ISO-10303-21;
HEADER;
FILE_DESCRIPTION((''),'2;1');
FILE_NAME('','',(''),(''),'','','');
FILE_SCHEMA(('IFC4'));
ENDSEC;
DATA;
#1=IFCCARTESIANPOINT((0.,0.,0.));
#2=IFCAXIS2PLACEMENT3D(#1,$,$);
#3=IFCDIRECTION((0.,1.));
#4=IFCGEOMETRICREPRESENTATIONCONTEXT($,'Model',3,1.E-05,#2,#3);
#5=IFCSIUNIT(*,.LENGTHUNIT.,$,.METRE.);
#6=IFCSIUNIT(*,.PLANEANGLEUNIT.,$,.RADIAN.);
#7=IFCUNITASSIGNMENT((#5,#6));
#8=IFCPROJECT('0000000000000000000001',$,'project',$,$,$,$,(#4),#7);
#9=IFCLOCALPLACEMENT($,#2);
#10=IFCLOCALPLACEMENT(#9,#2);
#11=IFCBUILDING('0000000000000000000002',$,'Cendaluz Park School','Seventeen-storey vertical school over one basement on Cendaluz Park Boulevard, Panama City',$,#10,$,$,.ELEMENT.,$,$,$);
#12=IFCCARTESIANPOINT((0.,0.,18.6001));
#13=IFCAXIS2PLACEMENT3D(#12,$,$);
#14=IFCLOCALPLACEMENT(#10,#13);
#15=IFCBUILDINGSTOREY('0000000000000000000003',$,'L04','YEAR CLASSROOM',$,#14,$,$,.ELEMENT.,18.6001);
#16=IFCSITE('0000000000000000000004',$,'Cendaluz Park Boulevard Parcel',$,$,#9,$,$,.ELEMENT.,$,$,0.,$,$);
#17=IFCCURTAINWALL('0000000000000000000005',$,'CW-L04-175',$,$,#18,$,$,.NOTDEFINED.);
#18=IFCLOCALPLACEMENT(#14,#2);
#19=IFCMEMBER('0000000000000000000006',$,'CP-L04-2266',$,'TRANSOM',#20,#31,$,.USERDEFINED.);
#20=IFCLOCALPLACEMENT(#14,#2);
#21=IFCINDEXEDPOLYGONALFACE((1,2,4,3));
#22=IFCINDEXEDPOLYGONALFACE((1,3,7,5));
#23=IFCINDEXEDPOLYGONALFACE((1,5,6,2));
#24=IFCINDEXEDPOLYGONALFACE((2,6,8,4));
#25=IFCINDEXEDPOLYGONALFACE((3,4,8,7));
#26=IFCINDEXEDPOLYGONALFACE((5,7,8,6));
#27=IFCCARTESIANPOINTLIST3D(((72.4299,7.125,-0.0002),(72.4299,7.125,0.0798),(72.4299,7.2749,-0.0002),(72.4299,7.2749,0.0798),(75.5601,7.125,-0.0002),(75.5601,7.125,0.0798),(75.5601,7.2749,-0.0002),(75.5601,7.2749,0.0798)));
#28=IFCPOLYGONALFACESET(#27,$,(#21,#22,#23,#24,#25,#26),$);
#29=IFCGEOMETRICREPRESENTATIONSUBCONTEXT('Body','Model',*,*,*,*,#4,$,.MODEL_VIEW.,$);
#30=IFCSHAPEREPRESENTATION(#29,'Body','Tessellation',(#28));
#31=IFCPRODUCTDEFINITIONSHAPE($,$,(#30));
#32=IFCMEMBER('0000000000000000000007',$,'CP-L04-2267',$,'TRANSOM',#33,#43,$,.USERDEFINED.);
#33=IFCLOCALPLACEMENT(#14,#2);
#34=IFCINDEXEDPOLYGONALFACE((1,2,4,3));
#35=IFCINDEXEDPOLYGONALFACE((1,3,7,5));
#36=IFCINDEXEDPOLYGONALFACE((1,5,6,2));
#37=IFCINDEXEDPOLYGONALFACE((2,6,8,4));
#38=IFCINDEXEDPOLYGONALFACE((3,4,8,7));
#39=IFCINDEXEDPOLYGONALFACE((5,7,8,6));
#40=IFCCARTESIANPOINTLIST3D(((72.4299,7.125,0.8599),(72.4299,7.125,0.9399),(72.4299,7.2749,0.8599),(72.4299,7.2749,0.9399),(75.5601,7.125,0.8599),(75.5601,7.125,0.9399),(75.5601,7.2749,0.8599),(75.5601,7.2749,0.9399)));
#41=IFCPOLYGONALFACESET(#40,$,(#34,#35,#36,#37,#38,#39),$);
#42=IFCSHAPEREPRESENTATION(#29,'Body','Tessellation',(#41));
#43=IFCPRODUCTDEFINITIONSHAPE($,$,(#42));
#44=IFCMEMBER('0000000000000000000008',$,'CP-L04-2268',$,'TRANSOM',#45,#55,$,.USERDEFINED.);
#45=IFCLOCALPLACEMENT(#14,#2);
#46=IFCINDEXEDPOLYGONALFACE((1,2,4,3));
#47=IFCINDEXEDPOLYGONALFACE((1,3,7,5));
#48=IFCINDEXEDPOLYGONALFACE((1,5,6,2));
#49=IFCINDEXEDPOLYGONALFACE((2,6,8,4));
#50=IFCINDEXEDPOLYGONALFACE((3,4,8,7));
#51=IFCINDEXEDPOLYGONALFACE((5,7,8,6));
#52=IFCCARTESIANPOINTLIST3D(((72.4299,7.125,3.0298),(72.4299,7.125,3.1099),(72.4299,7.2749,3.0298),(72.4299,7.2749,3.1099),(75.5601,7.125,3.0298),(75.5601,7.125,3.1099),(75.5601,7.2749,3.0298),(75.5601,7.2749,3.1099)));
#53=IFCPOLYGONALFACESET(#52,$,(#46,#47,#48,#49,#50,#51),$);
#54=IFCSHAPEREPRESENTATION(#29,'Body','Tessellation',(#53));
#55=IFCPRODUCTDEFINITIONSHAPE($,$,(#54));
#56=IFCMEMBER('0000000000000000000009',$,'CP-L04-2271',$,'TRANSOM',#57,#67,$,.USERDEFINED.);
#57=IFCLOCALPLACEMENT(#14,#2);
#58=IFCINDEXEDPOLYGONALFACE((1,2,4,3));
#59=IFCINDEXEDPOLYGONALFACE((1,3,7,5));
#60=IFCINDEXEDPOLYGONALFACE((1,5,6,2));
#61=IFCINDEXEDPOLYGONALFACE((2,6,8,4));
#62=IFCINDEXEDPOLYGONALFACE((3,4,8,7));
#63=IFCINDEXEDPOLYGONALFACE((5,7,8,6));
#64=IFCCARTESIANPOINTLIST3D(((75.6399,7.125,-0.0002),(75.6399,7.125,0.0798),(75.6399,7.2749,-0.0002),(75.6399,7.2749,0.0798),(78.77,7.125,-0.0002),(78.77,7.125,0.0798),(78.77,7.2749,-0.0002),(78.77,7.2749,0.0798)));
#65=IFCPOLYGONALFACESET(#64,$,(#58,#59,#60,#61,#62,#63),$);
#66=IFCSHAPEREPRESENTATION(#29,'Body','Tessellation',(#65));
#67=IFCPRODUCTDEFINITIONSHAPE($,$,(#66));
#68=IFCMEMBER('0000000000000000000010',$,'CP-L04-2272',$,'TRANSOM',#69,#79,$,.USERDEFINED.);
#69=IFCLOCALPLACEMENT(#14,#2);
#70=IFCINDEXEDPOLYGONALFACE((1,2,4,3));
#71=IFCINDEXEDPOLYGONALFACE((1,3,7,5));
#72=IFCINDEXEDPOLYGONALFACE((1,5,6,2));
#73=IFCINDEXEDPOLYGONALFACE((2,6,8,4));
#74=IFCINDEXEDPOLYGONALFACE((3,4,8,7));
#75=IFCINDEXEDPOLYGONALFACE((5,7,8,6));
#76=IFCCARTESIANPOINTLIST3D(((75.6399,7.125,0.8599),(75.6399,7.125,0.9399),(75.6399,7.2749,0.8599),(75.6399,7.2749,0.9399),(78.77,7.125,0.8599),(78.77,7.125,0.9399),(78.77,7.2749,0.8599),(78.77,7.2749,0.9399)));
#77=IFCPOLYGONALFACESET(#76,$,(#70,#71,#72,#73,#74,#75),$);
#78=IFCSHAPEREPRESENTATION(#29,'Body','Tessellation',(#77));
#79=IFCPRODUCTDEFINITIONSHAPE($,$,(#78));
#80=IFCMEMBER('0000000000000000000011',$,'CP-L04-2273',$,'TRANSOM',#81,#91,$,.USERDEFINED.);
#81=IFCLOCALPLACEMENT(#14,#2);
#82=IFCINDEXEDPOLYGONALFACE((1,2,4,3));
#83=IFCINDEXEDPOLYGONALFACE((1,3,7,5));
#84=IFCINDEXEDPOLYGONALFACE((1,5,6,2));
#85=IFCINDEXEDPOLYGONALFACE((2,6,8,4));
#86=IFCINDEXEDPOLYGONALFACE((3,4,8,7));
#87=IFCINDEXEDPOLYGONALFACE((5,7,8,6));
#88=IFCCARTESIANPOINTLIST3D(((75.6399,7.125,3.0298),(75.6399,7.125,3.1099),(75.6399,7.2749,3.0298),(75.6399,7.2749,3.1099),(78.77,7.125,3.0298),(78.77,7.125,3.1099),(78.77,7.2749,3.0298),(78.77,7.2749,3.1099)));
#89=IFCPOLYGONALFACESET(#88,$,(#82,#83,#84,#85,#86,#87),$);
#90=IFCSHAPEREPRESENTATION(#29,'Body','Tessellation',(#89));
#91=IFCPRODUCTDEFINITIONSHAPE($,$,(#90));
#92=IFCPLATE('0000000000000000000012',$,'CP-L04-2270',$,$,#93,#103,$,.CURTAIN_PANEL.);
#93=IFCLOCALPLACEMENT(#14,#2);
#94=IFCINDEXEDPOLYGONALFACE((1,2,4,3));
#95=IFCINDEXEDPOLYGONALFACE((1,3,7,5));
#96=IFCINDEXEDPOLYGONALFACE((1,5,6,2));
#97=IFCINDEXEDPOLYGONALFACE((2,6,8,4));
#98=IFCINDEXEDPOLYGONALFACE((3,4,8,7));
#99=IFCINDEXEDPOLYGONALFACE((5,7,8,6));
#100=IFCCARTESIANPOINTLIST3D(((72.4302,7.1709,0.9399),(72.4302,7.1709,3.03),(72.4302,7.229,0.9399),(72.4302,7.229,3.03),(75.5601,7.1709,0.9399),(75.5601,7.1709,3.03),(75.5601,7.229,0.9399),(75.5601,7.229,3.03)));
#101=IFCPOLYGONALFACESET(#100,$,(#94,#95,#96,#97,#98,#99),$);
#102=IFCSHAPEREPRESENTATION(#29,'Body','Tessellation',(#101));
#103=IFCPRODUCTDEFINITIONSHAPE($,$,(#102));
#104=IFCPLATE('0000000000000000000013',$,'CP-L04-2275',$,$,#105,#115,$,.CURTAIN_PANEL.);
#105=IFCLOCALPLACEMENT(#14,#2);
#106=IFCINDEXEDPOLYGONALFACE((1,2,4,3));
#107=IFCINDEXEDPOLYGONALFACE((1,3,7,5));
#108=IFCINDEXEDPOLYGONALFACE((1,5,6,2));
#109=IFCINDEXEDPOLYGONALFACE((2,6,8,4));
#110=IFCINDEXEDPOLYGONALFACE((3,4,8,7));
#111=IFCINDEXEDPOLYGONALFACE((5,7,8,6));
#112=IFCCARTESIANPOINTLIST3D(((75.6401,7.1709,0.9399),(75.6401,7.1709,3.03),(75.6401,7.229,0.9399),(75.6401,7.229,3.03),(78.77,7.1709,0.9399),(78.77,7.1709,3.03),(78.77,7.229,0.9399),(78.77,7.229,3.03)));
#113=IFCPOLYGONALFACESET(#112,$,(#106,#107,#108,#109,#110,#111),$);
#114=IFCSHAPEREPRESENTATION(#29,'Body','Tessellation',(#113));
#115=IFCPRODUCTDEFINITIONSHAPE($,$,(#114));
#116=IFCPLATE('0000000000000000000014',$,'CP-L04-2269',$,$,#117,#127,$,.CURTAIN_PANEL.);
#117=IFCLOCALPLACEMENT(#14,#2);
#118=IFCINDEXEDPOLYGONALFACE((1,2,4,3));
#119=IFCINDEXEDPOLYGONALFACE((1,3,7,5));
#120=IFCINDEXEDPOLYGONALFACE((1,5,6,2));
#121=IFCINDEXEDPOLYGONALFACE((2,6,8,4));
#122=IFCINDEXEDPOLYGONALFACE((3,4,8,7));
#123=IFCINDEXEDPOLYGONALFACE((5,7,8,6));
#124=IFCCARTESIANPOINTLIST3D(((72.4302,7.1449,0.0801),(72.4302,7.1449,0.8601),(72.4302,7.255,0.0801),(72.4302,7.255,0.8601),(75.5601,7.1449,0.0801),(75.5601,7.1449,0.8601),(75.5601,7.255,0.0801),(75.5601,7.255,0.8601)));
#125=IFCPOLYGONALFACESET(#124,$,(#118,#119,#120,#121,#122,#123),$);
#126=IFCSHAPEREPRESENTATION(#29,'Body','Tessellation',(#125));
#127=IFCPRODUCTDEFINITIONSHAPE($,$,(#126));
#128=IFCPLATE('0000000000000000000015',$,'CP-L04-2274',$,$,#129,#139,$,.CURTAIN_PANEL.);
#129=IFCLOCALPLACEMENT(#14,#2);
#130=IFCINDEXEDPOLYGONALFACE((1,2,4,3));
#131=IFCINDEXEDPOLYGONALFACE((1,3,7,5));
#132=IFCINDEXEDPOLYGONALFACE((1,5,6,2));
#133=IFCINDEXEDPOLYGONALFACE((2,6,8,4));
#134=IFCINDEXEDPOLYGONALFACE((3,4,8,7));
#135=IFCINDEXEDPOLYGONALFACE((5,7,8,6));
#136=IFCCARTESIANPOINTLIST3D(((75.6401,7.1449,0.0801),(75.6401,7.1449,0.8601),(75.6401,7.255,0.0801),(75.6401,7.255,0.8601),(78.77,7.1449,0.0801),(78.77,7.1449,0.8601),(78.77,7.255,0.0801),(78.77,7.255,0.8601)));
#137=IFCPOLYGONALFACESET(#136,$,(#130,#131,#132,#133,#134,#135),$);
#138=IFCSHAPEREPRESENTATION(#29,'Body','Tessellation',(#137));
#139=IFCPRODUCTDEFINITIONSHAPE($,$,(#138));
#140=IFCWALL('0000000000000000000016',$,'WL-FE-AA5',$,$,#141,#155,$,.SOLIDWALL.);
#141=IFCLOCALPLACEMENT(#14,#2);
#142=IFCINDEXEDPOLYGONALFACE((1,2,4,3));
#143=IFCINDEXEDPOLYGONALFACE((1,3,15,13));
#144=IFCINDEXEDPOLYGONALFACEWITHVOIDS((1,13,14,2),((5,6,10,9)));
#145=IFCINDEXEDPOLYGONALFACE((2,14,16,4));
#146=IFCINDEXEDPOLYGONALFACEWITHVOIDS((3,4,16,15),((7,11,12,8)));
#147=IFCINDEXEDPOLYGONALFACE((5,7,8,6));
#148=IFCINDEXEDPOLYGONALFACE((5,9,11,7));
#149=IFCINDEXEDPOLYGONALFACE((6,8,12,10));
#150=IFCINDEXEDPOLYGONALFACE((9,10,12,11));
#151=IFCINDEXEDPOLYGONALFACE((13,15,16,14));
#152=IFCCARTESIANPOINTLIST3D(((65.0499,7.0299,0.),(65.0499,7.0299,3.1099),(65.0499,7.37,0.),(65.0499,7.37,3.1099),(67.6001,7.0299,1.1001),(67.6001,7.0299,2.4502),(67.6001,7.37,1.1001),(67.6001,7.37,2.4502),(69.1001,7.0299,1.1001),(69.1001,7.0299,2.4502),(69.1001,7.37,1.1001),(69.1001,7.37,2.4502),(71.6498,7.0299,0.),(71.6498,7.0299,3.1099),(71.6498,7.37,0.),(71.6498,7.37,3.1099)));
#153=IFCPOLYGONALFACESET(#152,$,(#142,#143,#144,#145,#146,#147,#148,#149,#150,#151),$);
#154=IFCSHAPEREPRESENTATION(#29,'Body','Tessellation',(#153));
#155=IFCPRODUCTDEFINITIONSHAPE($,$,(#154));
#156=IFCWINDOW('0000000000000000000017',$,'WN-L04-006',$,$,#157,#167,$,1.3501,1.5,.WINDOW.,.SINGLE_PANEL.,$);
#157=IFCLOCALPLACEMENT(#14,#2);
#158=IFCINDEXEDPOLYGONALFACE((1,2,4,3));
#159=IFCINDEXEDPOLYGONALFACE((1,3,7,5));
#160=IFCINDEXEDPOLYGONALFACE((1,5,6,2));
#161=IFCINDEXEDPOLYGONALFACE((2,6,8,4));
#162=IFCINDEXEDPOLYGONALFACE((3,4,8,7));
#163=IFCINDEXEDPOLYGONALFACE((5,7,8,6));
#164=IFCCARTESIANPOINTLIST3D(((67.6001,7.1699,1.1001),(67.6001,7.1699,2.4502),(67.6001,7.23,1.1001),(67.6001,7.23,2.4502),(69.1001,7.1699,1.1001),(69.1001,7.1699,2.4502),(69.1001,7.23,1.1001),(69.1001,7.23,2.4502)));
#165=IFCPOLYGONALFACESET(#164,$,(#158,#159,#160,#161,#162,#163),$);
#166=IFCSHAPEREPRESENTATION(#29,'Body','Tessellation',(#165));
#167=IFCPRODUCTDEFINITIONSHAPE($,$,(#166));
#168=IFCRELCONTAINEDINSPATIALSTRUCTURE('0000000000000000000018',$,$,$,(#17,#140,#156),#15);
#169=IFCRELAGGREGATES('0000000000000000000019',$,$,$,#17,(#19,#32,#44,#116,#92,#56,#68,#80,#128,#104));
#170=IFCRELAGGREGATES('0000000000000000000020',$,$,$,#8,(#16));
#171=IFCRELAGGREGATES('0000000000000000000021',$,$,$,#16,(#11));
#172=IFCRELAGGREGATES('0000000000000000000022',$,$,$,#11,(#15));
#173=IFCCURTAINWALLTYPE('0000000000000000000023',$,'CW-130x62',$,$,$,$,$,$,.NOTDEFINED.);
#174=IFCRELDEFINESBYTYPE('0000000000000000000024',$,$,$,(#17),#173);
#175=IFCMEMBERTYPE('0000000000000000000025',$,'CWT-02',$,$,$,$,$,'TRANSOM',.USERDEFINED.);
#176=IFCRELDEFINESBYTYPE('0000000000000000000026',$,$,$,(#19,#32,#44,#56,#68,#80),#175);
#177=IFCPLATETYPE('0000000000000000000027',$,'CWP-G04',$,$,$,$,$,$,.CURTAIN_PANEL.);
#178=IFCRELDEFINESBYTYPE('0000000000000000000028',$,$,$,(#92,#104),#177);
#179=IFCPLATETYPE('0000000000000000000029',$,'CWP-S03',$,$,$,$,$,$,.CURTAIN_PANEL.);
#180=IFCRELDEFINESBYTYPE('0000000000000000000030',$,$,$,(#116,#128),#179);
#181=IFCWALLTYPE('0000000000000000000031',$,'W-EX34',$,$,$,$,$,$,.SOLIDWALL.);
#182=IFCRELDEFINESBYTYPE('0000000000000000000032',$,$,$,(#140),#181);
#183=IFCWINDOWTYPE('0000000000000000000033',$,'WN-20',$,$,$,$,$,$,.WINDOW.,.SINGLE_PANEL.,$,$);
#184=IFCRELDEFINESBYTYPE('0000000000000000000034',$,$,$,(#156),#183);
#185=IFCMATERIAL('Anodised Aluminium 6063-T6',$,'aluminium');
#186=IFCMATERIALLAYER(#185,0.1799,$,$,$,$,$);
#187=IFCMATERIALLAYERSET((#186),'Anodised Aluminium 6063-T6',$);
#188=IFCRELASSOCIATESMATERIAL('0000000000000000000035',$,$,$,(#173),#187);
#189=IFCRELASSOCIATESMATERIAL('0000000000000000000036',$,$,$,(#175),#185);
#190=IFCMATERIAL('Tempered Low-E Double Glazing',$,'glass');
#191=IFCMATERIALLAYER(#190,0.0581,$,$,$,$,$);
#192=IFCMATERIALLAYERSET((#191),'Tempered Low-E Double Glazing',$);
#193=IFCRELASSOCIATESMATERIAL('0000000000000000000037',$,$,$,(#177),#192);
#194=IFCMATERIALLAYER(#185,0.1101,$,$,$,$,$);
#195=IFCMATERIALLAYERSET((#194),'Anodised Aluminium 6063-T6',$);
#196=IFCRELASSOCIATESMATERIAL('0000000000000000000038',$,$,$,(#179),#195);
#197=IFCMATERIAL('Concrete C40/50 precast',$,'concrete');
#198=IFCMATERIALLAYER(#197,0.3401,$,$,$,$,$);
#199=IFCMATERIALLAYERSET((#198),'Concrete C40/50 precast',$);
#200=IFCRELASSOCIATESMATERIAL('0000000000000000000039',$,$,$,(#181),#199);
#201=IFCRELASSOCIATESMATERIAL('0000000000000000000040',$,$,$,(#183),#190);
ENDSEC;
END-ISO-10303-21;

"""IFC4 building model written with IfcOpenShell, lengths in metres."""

from ifc_helpers import new_model, si_unit, direction, frame, frame_2d, origin, origin_2d, place, context, subcontext, project, spatial, rectangle, extrude, material, layer, layer_set, material_profile, profile_set, type_object, element, fill, aggregate, save


model = new_model("IFC4")

# Units and contexts
model_context = context("Model", 3, precision=1e-05, world=origin(), true_north=direction((0.0, 1.0)))
body_context = subcontext(model_context, "Body", "Model", "MODEL_VIEW")
ifc_project = project(units=[si_unit("LENGTHUNIT", "METRE"), si_unit("PLANEANGLEUNIT", "RADIAN")], contexts=[model_context])

# Site, building, storey
site_placement = place(None, origin())
site = spatial("IfcSite", under=ifc_project, at=site_placement, Name="Cendaluz Park Boulevard Parcel", CompositionType="ELEMENT", RefElevation=0.0)
building_placement = place(site_placement, origin())
building = spatial("IfcBuilding", under=site, at=building_placement, Name="Cendaluz Park School", Description="Seventeen-storey vertical school over one basement on Cendaluz Park Boulevard, Panama City", CompositionType="ELEMENT")
storey_placement = place(building_placement, frame((0.0, 0.0, 18.6001)))
storey = spatial("IfcBuildingStorey", under=building, at=storey_placement, Name="L04", Description="YEAR CLASSROOM", CompositionType="ELEMENT", Elevation=18.6001)

# Curtain wall, members, plates
ifc_material_1 = material(Name="Anodised Aluminium 6063-T6", Category="aluminium")
ifc_layer_1 = layer(ifc_material_1, 0.1799)
ifc_layer_set_1 = layer_set([ifc_layer_1], Name="Anodised Aluminium 6063-T6")
curtain_wall_type = type_object("IfcCurtainWallType", Name="CW-130x62", PredefinedType="NOTDEFINED", material=ifc_layer_set_1)
curtain_wall_placement = place(storey_placement, origin())
curtain_wall = element("IfcCurtainWall", 1, at=curtain_wall_placement, inside=storey, type_object=curtain_wall_type, Name="CW-L04-175", PredefinedType="NOTDEFINED")
ifc_material_profile_1 = material_profile(ifc_material_1, rectangle(XDim=0.1499, YDim=0.0801, at=origin_2d()), Name="CWT 150x80", Category="aluminium")
ifc_profile_set_1 = profile_set([ifc_material_profile_1], Name="Anodised Aluminium 6063-T6")
member_type_1 = type_object("IfcMemberType", Name="CWT-02", ElementType="TRANSOM", PredefinedType="USERDEFINED", material=ifc_profile_set_1)
member_1_placement = place(storey_placement, frame((72.4299, 7.2, 0.0398), z_axis=(1.0, 0.0, 0.0), x_axis=(0.0, 1.0, 0.0)))
member_1 = element("IfcMember", 2, at=member_1_placement, type_object=member_type_1, Name="CP-L04-2266", ObjectType="TRANSOM", PredefinedType="USERDEFINED", context=body_context, shape_type="SweptSolid", body=[
    extrude(rectangle(XDim=0.1499, YDim=0.0801, at=origin_2d()), origin(), (0.0, 0.0, 1.0), 3.1301),
])
member_2_placement = place(storey_placement, frame((72.4299, 7.2, 0.8999), z_axis=(1.0, 0.0, 0.0), x_axis=(0.0, 1.0, 0.0)))
member_2 = element("IfcMember", 3, at=member_2_placement, type_object=member_type_1, Name="CP-L04-2267", ObjectType="TRANSOM", PredefinedType="USERDEFINED", context=body_context, shape_type="SweptSolid", body=[
    extrude(rectangle(XDim=0.1499, YDim=0.0801, at=origin_2d()), origin(), (0.0, 0.0, 1.0), 3.1301),
])
member_3_placement = place(storey_placement, frame((72.4299, 7.2, 3.0698), z_axis=(1.0, 0.0, 0.0), x_axis=(0.0, 1.0, 0.0)))
member_3 = element("IfcMember", 4, at=member_3_placement, type_object=member_type_1, Name="CP-L04-2268", ObjectType="TRANSOM", PredefinedType="USERDEFINED", context=body_context, shape_type="SweptSolid", body=[
    extrude(rectangle(XDim=0.1499, YDim=0.0801, at=origin_2d()), origin(), (0.0, 0.0, 1.0), 3.1301),
])
member_4_placement = place(storey_placement, frame((75.6399, 7.2, 0.0398), z_axis=(1.0, 0.0, 0.0), x_axis=(0.0, 1.0, 0.0)))
member_4 = element("IfcMember", 5, at=member_4_placement, type_object=member_type_1, Name="CP-L04-2271", ObjectType="TRANSOM", PredefinedType="USERDEFINED", context=body_context, shape_type="SweptSolid", body=[
    extrude(rectangle(XDim=0.1499, YDim=0.0801, at=origin_2d()), origin(), (0.0, 0.0, 1.0), 3.1301),
])
member_5_placement = place(storey_placement, frame((75.6399, 7.2, 0.8999), z_axis=(1.0, 0.0, 0.0), x_axis=(0.0, 1.0, 0.0)))
member_5 = element("IfcMember", 6, at=member_5_placement, type_object=member_type_1, Name="CP-L04-2272", ObjectType="TRANSOM", PredefinedType="USERDEFINED", context=body_context, shape_type="SweptSolid", body=[
    extrude(rectangle(XDim=0.1499, YDim=0.0801, at=origin_2d()), origin(), (0.0, 0.0, 1.0), 3.1301),
])
member_6_placement = place(storey_placement, frame((75.6399, 7.2, 3.0698), z_axis=(1.0, 0.0, 0.0), x_axis=(0.0, 1.0, 0.0)))
member_6 = element("IfcMember", 7, at=member_6_placement, type_object=member_type_1, Name="CP-L04-2273", ObjectType="TRANSOM", PredefinedType="USERDEFINED", context=body_context, shape_type="SweptSolid", body=[
    extrude(rectangle(XDim=0.1499, YDim=0.0801, at=origin_2d()), origin(), (0.0, 0.0, 1.0), 3.1301),
])
ifc_material_2 = material(Name="Tempered Low-E Double Glazing", Category="glass")
ifc_layer_2 = layer(ifc_material_2, 0.0581)
ifc_layer_set_2 = layer_set([ifc_layer_2], Name="Tempered Low-E Double Glazing")
plate_type_1 = type_object("IfcPlateType", Name="CWP-G04", PredefinedType="CURTAIN_PANEL", material=ifc_layer_set_2)
plate_1_placement = place(storey_placement, frame((73.9951, 7.2, 0.9399), z_axis=(0.0, 0.0, 1.0), x_axis=(1.0, 0.0, 0.0)))
plate_1 = element("IfcPlate", 8, at=plate_1_placement, type_object=plate_type_1, Name="CP-L04-2270", PredefinedType="CURTAIN_PANEL", context=body_context, shape_type="SweptSolid", body=[
    extrude(rectangle(XDim=3.1299, YDim=0.0581, at=origin_2d()), origin(), (0.0, 0.0, 1.0), 2.0901),
])
plate_2_placement = place(storey_placement, frame((77.2051, 7.2, 0.9399), z_axis=(0.0, 0.0, 1.0), x_axis=(1.0, 0.0, 0.0)))
plate_2 = element("IfcPlate", 9, at=plate_2_placement, type_object=plate_type_1, Name="CP-L04-2275", PredefinedType="CURTAIN_PANEL", context=body_context, shape_type="SweptSolid", body=[
    extrude(rectangle(XDim=3.1299, YDim=0.0581, at=origin_2d()), origin(), (0.0, 0.0, 1.0), 2.0901),
])
ifc_layer_3 = layer(ifc_material_1, 0.1101)
ifc_layer_set_3 = layer_set([ifc_layer_3], Name="Anodised Aluminium 6063-T6")
plate_type_2 = type_object("IfcPlateType", Name="CWP-S03", PredefinedType="CURTAIN_PANEL", material=ifc_layer_set_3)
plate_3_placement = place(storey_placement, frame((73.9951, 7.2, 0.0801), z_axis=(0.0, 0.0, 1.0), x_axis=(1.0, 0.0, 0.0)))
plate_3 = element("IfcPlate", 10, at=plate_3_placement, type_object=plate_type_2, Name="CP-L04-2269", PredefinedType="CURTAIN_PANEL", context=body_context, shape_type="SweptSolid", body=[
    extrude(rectangle(XDim=3.1299, YDim=0.1101, at=origin_2d()), origin(), (0.0, 0.0, 1.0), 0.78),
])
plate_4_placement = place(storey_placement, frame((77.2051, 7.2, 0.0801), z_axis=(0.0, 0.0, 1.0), x_axis=(1.0, 0.0, 0.0)))
plate_4 = element("IfcPlate", 11, at=plate_4_placement, type_object=plate_type_2, Name="CP-L04-2274", PredefinedType="CURTAIN_PANEL", context=body_context, shape_type="SweptSolid", body=[
    extrude(rectangle(XDim=3.1299, YDim=0.1101, at=origin_2d()), origin(), (0.0, 0.0, 1.0), 0.78),
])
aggregate(curtain_wall, [member_1, member_2, member_3, plate_3, plate_1, member_4, member_5, member_6, plate_4, plate_2])

# Wall, opening, window
ifc_material_3 = material(Name="Concrete C40/50 precast", Category="concrete")
ifc_layer_4 = layer(ifc_material_3, 0.3401)
ifc_layer_set_4 = layer_set([ifc_layer_4], Name="Concrete C40/50 precast")
wall_type_1 = type_object("IfcWallType", Name="W-EX34", PredefinedType="SOLIDWALL", material=ifc_layer_set_4)
wall_1_placement = place(storey_placement, frame((65.05, 7.2, 0.0), z_axis=(0.0, 0.0, 1.0), x_axis=(1.0, 0.0, 0.0)))
wall_1 = element("IfcWall", 12, at=wall_1_placement, inside=storey, type_object=wall_type_1, Name="WL-FE-AA5", PredefinedType="SOLIDWALL", context=body_context, shape_type="SweptSolid", body=[
    extrude(rectangle(XDim=6.5999, YDim=0.3401, at=frame_2d((3.2998, 0.0))), origin(), (0.0, 0.0, 1.0), 3.1099),
])
opening_1_placement = place(wall_1_placement, frame((2.55, 0.0, 1.1001)))
opening_1 = element("IfcOpeningElement", 13, at=opening_1_placement, cuts=wall_1, PredefinedType="OPENING", context=body_context, shape_type="SweptSolid", body=[
    extrude(rectangle(XDim=1.5, YDim=1.3501, at=frame_2d((0.75, 0.675))), frame((0.0, 0.1821, 0.0), z_axis=(0.0, -1.0, 0.0), x_axis=(1.0, 0.0, 0.0)), (0.0, 0.0, 1.0), 0.364),
])
window_type = type_object("IfcWindowType", Name="WN-20", PartitioningType="SINGLE_PANEL", PredefinedType="WINDOW", material=ifc_material_2)
window_placement = place(opening_1_placement, origin())
window = element("IfcWindow", 14, at=window_placement, inside=storey, type_object=window_type, Name="WN-L04-006", OverallHeight=1.3501, OverallWidth=1.5, PartitioningType="SINGLE_PANEL", PredefinedType="WINDOW", context=body_context, shape_type="SweptSolid", body=[
    extrude(rectangle(XDim=1.5, YDim=1.3501, at=frame_2d((0.75, 0.675))), frame((0.0, 0.03, 0.0), z_axis=(0.0, -1.0, 0.0), x_axis=(1.0, 0.0, 0.0)), (0.0, 0.0, 1.0), 0.0601),
])
fill(opening_1, window)

save(model, "model.ifc")
